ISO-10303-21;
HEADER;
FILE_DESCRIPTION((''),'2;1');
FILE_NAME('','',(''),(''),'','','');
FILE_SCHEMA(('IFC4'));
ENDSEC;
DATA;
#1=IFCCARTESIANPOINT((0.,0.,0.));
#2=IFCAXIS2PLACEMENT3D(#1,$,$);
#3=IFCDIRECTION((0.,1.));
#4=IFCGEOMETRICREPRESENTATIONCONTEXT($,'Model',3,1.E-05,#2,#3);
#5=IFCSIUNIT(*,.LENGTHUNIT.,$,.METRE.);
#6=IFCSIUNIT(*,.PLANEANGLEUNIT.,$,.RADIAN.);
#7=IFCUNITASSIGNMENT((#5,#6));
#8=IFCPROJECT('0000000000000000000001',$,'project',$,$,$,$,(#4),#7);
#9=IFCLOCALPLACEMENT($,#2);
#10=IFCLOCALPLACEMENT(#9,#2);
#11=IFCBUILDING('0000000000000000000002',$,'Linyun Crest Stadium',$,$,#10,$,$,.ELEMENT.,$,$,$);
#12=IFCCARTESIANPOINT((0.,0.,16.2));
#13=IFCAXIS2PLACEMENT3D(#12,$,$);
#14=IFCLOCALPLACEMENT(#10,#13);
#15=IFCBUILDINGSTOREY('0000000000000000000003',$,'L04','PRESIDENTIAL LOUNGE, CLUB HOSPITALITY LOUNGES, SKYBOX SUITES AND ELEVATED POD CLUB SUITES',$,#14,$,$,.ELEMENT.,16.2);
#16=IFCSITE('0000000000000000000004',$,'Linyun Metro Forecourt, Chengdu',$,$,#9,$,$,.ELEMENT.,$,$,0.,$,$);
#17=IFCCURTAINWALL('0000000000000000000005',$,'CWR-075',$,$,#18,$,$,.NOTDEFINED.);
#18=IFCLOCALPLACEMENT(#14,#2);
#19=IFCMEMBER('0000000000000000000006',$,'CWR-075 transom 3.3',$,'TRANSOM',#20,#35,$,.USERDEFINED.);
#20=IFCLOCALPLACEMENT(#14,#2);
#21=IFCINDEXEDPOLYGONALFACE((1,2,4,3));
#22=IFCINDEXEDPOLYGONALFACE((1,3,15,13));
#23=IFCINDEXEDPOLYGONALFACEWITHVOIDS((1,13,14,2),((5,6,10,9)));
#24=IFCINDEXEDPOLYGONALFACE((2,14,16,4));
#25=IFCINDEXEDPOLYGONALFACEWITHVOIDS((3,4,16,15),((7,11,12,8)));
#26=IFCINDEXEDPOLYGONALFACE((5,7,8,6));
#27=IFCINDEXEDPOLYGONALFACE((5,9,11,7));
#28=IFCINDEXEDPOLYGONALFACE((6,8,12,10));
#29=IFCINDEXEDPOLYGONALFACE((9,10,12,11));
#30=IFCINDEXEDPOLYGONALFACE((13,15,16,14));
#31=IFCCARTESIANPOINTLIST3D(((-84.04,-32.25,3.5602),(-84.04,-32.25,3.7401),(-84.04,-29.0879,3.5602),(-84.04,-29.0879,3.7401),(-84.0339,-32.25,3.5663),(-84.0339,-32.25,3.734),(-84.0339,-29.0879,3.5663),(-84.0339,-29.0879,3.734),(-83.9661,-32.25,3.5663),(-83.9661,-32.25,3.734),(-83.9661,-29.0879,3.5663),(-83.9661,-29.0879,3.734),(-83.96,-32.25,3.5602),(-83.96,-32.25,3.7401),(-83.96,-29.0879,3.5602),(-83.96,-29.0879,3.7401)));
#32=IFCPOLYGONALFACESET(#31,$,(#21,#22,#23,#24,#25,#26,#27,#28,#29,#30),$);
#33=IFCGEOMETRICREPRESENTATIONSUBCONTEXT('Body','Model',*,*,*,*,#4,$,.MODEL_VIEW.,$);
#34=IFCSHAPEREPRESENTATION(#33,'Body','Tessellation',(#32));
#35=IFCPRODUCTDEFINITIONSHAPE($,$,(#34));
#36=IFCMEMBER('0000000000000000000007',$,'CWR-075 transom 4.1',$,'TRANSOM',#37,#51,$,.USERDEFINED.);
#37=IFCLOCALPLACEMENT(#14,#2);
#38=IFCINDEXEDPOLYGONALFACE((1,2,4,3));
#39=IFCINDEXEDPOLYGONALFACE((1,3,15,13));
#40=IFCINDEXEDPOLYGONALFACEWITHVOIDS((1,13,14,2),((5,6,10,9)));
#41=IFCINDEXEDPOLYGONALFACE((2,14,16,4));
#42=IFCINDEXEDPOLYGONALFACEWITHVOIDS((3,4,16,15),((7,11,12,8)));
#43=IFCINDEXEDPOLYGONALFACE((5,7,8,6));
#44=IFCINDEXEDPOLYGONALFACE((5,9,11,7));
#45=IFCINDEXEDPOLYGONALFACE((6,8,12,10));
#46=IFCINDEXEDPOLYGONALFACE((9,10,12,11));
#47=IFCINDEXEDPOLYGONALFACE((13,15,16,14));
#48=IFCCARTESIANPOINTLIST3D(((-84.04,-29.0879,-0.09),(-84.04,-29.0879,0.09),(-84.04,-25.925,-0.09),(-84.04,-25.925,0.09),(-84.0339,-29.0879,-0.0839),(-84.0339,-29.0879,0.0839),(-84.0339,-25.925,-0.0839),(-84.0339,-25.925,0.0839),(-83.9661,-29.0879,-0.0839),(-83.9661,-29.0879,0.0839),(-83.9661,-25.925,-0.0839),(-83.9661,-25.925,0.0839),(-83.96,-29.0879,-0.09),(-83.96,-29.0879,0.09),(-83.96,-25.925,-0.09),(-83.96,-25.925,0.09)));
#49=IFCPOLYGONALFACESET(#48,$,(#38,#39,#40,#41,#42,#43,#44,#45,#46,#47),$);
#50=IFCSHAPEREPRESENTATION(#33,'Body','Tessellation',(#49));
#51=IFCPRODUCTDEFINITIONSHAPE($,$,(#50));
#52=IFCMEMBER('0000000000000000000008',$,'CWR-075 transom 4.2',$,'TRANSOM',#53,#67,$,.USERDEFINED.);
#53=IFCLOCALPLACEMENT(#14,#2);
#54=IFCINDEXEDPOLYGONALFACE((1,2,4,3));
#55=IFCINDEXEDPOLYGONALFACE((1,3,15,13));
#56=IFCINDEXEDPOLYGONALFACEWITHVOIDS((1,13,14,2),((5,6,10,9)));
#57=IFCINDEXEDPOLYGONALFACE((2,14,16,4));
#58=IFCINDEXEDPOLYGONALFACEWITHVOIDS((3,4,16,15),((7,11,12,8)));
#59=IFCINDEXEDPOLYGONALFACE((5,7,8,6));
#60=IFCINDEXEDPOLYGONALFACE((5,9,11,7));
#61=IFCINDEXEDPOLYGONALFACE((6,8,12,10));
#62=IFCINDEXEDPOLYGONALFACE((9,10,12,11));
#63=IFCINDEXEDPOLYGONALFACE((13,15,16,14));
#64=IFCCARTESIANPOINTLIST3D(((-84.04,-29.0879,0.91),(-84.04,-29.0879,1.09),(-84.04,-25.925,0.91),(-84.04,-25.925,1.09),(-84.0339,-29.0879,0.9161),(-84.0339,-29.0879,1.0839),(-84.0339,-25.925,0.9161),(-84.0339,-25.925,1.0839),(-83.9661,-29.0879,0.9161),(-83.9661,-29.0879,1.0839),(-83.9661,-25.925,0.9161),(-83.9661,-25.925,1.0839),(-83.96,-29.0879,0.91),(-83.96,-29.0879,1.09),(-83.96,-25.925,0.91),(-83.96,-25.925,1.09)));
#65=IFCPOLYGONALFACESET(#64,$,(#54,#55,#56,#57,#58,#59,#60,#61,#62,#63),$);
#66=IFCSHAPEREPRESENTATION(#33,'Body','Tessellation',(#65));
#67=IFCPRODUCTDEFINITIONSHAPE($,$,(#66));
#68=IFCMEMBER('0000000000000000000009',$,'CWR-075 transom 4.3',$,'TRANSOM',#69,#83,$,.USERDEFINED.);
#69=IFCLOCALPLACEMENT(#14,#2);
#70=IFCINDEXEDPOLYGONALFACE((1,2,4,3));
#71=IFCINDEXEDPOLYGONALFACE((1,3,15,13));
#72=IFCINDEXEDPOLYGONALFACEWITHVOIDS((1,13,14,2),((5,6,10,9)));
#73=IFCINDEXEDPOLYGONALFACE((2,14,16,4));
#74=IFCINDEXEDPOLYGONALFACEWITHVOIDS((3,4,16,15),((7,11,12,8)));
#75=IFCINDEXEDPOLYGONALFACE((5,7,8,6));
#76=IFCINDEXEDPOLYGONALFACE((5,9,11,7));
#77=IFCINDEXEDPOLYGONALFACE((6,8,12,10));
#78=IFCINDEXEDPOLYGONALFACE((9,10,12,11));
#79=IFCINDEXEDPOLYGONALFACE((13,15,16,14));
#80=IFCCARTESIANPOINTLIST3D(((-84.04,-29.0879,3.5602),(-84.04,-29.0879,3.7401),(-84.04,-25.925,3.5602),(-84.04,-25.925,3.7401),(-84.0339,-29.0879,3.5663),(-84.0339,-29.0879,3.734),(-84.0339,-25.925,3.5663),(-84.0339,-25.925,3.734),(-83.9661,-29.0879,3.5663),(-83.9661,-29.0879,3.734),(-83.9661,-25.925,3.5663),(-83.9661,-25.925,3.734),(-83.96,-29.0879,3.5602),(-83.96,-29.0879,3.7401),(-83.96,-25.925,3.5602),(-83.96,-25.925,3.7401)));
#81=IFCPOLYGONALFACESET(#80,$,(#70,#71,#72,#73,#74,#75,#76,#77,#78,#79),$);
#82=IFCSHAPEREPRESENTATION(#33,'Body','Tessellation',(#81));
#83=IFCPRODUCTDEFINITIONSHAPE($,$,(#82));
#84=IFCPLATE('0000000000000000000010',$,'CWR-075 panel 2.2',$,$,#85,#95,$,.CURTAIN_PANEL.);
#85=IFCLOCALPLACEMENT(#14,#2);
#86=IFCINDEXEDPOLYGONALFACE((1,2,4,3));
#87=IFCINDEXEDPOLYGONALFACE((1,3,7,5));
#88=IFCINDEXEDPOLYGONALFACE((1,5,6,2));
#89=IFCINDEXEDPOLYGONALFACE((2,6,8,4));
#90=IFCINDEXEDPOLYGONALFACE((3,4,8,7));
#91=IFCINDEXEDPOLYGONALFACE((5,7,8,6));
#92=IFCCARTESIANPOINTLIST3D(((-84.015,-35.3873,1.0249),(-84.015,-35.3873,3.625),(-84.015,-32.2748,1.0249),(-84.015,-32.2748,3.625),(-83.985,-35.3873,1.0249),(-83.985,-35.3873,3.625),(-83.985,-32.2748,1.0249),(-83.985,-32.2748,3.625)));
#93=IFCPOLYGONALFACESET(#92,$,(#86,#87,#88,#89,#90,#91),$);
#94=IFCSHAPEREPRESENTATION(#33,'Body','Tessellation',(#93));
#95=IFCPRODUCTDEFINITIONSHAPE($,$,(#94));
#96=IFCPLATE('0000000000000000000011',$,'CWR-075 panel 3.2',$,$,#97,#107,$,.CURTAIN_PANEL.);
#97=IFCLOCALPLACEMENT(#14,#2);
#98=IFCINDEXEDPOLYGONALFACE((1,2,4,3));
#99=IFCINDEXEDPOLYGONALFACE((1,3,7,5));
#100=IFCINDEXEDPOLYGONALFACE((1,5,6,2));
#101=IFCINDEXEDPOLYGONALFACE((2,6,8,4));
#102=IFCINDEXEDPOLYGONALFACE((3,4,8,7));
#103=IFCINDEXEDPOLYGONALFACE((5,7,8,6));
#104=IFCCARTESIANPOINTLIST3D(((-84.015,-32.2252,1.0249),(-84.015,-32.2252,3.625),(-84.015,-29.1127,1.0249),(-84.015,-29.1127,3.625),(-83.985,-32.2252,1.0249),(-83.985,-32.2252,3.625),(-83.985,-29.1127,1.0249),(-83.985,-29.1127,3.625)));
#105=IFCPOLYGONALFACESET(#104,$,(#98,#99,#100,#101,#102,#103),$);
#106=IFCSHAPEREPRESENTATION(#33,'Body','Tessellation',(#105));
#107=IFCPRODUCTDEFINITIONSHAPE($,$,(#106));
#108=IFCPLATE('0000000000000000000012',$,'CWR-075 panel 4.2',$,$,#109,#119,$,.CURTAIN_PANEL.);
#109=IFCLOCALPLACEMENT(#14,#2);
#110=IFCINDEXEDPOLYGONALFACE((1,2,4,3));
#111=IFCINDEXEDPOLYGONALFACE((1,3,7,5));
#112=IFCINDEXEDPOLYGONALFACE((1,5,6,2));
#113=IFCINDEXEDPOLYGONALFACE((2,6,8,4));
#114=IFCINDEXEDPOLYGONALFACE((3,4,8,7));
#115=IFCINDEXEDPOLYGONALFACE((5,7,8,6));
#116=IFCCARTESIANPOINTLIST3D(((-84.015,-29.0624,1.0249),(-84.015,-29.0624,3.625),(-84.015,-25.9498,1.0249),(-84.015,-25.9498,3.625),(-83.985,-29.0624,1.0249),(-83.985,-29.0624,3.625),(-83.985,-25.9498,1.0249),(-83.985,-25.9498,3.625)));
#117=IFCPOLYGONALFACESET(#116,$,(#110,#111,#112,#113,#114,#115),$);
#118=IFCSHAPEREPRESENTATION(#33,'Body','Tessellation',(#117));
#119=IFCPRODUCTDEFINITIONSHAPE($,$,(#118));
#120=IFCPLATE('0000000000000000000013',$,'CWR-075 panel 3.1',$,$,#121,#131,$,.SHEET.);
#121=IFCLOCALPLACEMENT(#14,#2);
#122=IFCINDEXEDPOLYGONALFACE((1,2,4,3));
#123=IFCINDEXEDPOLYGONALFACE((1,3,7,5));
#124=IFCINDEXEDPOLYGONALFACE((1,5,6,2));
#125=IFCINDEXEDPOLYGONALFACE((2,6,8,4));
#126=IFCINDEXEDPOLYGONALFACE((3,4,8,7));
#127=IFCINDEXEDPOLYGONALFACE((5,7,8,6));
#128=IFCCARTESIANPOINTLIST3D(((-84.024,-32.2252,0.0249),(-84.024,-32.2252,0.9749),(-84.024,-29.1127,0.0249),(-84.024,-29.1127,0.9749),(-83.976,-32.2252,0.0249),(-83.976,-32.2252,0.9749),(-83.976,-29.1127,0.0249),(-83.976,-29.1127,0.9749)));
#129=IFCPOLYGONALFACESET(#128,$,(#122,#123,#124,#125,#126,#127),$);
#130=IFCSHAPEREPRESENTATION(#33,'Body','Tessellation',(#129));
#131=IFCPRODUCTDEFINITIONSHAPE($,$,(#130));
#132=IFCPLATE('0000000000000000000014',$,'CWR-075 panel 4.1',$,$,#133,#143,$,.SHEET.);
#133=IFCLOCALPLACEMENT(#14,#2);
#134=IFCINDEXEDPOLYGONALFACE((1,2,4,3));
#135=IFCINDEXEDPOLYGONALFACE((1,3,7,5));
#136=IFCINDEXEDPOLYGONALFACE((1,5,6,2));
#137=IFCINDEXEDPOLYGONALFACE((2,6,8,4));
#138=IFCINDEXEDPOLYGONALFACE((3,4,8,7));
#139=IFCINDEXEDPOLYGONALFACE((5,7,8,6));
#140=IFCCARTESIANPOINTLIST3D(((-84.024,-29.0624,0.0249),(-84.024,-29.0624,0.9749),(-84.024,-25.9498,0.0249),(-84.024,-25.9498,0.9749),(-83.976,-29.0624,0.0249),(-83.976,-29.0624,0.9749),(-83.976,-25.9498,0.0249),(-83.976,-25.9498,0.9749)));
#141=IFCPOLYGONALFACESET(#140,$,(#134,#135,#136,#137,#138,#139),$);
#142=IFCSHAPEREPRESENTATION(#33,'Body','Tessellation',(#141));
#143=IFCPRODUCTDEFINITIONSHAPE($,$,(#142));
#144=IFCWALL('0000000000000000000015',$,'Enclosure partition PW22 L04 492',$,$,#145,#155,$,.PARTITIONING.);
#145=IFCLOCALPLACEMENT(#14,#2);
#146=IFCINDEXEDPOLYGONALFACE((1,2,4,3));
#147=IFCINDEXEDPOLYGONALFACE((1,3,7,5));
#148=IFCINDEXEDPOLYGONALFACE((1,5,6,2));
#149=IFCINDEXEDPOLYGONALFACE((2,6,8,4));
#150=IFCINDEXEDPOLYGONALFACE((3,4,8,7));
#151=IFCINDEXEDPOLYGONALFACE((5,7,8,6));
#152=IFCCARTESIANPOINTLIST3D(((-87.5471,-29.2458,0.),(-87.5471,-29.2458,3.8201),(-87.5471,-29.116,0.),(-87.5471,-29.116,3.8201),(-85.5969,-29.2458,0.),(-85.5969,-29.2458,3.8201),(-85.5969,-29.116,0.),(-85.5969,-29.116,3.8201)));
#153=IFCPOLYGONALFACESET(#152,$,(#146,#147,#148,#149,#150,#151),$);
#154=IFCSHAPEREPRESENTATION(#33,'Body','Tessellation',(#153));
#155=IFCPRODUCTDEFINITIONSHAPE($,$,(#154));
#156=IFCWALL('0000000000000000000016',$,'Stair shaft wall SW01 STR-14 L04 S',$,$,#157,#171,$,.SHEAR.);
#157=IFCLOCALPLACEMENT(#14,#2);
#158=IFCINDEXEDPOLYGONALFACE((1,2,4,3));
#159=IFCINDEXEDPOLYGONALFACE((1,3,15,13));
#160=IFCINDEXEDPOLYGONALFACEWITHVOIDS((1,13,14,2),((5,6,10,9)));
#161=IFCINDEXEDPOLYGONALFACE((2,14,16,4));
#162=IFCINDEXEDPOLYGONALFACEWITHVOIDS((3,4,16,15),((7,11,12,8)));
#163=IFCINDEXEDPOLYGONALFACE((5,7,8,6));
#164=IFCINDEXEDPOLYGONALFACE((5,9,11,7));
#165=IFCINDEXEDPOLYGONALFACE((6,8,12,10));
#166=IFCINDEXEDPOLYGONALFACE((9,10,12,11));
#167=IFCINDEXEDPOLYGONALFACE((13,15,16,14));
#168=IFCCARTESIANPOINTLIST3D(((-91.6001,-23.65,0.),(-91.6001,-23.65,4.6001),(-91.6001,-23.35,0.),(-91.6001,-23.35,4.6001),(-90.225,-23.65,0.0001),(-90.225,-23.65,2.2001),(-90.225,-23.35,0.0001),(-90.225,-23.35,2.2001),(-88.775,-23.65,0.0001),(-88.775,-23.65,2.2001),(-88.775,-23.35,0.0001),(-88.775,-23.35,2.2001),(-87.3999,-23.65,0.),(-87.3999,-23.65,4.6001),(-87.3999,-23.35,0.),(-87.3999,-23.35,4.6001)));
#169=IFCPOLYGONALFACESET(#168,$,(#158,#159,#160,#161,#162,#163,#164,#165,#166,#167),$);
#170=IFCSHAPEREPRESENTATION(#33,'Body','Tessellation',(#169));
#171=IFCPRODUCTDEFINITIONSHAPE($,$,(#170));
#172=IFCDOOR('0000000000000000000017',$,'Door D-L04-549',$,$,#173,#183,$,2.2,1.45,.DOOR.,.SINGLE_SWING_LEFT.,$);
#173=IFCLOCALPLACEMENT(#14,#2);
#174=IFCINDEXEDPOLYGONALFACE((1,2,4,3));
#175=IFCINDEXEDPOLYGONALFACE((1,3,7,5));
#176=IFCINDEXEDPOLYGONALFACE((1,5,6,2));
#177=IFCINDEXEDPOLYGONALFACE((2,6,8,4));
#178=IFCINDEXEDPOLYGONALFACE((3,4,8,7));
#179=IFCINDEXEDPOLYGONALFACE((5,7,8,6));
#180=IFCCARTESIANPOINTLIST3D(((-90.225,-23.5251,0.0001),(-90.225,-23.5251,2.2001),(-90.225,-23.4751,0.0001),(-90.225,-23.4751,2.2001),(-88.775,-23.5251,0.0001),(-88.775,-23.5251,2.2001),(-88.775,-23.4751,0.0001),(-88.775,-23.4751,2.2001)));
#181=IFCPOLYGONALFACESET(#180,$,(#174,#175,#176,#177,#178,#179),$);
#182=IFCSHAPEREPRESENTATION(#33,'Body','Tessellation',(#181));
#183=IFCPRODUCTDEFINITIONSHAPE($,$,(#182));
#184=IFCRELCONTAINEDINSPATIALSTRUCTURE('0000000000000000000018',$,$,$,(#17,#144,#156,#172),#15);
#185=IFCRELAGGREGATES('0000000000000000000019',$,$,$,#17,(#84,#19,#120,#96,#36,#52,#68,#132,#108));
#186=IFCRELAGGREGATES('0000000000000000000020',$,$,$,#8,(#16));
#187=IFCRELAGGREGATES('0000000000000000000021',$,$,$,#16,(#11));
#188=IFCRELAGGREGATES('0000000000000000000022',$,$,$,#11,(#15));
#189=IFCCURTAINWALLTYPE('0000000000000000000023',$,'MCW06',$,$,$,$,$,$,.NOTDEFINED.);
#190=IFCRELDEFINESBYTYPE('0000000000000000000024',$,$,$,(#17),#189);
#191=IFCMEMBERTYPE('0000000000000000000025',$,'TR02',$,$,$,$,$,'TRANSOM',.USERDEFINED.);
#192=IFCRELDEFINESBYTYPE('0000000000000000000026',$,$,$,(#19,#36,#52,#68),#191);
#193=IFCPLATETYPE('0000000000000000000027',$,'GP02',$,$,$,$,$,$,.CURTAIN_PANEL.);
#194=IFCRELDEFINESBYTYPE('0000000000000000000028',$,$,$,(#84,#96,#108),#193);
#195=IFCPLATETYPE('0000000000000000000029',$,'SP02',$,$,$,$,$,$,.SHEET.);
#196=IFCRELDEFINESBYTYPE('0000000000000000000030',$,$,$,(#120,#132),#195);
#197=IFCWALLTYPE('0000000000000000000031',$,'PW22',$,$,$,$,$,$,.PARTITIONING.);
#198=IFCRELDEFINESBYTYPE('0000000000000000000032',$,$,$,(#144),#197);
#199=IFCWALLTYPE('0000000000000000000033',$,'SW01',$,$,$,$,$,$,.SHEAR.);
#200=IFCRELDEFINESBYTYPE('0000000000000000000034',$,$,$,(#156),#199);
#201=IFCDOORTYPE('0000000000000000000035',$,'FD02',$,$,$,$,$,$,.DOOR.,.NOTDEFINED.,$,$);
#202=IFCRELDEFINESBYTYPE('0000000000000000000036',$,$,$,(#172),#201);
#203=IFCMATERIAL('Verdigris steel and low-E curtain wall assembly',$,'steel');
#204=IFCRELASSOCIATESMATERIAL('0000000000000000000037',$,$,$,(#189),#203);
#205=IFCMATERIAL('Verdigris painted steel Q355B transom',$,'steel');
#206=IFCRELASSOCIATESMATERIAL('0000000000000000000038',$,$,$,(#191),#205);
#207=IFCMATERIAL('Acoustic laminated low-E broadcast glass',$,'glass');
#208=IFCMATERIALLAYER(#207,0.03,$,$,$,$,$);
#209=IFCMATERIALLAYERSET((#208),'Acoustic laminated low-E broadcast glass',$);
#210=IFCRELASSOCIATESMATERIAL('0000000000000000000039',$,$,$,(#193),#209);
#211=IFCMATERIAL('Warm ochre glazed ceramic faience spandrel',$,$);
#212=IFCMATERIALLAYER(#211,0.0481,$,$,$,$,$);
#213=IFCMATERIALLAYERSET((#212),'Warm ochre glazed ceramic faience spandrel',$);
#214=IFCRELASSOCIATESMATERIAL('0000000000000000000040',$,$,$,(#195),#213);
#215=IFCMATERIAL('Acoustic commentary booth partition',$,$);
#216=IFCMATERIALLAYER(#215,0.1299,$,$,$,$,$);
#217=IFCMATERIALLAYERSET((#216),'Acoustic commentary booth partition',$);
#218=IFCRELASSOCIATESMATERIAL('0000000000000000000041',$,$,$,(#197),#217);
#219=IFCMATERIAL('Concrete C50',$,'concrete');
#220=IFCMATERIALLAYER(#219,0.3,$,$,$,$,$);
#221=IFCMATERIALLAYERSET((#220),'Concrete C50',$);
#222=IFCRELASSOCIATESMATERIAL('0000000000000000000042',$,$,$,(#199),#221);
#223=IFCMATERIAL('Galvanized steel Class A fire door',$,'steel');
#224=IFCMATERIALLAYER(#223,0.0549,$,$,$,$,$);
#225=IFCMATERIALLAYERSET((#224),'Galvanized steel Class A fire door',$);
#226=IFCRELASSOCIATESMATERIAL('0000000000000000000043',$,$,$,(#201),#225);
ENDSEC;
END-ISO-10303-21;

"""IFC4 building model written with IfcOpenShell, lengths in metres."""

from ifc_helpers import new_model, si_unit, direction, frame, frame_2d, origin, origin_2d, place, context, subcontext, project, spatial, rectangle, hollow_rectangle, extrude, material, layer, layer_set, material_profile, profile_set, type_object, element, fill, aggregate, save


model = new_model("IFC4")

# Units and contexts
model_context = context("Model", 3, precision=1e-05, world=origin(), true_north=direction((0.0, 1.0)))
body_context = subcontext(model_context, "Body", "Model", "MODEL_VIEW")
ifc_project = project(units=[si_unit("LENGTHUNIT", "METRE"), si_unit("PLANEANGLEUNIT", "RADIAN")], contexts=[model_context])

# Site, building, storey
site_placement = place(None, origin())
site = spatial("IfcSite", under=ifc_project, at=site_placement, Name="Linyun Metro Forecourt, Chengdu", CompositionType="ELEMENT", RefElevation=0.0)
building_placement = place(site_placement, origin())
building = spatial("IfcBuilding", under=site, at=building_placement, Name="Linyun Crest Stadium", CompositionType="ELEMENT")
storey_placement = place(building_placement, frame((0.0, 0.0, 16.2)))
storey = spatial("IfcBuildingStorey", under=building, at=storey_placement, Name="L04", Description="PRESIDENTIAL LOUNGE, CLUB HOSPITALITY LOUNGES, SKYBOX SUITES AND ELEVATED POD CLUB SUITES", CompositionType="ELEMENT", Elevation=16.2)

# Curtain wall
ifc_material_1 = material(Name="Verdigris steel and low-E curtain wall assembly", Category="steel")
curtain_wall_type = type_object("IfcCurtainWallType", Name="MCW06", PredefinedType="NOTDEFINED", material=ifc_material_1)
curtain_wall_placement = place(storey_placement, origin())
curtain_wall = element("IfcCurtainWall", 1, at=curtain_wall_placement, inside=storey, type_object=curtain_wall_type, Name="CWR-075", PredefinedType="NOTDEFINED")

# Members
ifc_material_2 = material(Name="Verdigris painted steel Q355B transom", Category="steel")
ifc_material_profile_1 = material_profile(ifc_material_2, hollow_rectangle(XDim=0.0801, YDim=0.1799, WallThickness=0.0061, at=origin_2d()), Name="RHS 180x80x6")
ifc_profile_set_1 = profile_set([ifc_material_profile_1], Name="Verdigris painted steel Q355B transom")
member_type_1 = type_object("IfcMemberType", Name="TR02", ElementType="TRANSOM", PredefinedType="USERDEFINED", material=ifc_profile_set_1)
member_1_placement = place(storey_placement, frame((-84.0, -32.25, 3.6501), z_axis=(0.0, 1.0, 0.0), x_axis=(-1.0, 0.0, 0.0)))
member_1 = element("IfcMember", 2, at=member_1_placement, type_object=member_type_1, Name="CWR-075 transom 3.3", ObjectType="TRANSOM", PredefinedType="USERDEFINED", context=body_context, shape_type="SweptSolid", body=[
    extrude(hollow_rectangle(XDim=0.0801, YDim=0.1799, WallThickness=0.0061, at=origin_2d()), origin(), (0.0, 0.0, 1.0), 3.1621),
])
member_2_placement = place(storey_placement, frame((-84.0, -29.0879, 0.0), z_axis=(0.0, 1.0, 0.0), x_axis=(-1.0, 0.0, 0.0)))
member_2 = element("IfcMember", 3, at=member_2_placement, type_object=member_type_1, Name="CWR-075 transom 4.1", ObjectType="TRANSOM", PredefinedType="USERDEFINED", context=body_context, shape_type="SweptSolid", body=[
    extrude(hollow_rectangle(XDim=0.0801, YDim=0.1799, WallThickness=0.0061, at=origin_2d()), origin(), (0.0, 0.0, 1.0), 3.1628),
])
member_3_placement = place(storey_placement, frame((-84.0, -29.0879, 1.0), z_axis=(0.0, 1.0, 0.0), x_axis=(-1.0, 0.0, 0.0)))
member_3 = element("IfcMember", 4, at=member_3_placement, type_object=member_type_1, Name="CWR-075 transom 4.2", ObjectType="TRANSOM", PredefinedType="USERDEFINED", context=body_context, shape_type="SweptSolid", body=[
    extrude(hollow_rectangle(XDim=0.0801, YDim=0.1799, WallThickness=0.0061, at=origin_2d()), origin(), (0.0, 0.0, 1.0), 3.1628),
])
member_4_placement = place(storey_placement, frame((-84.0, -29.0879, 3.6501), z_axis=(0.0, 1.0, 0.0), x_axis=(-1.0, 0.0, 0.0)))
member_4 = element("IfcMember", 5, at=member_4_placement, type_object=member_type_1, Name="CWR-075 transom 4.3", ObjectType="TRANSOM", PredefinedType="USERDEFINED", context=body_context, shape_type="SweptSolid", body=[
    extrude(hollow_rectangle(XDim=0.0801, YDim=0.1799, WallThickness=0.0061, at=origin_2d()), origin(), (0.0, 0.0, 1.0), 3.1628),
])

# Plates
ifc_material_3 = material(Name="Acoustic laminated low-E broadcast glass", Category="glass")
ifc_layer_1 = layer(ifc_material_3, 0.03)
ifc_layer_set_1 = layer_set([ifc_layer_1], Name="Acoustic laminated low-E broadcast glass")
plate_type_1 = type_object("IfcPlateType", Name="GP02", PredefinedType="CURTAIN_PANEL", material=ifc_layer_set_1)
plate_1_placement = place(storey_placement, frame((-84.0, -33.8311, 1.0249), z_axis=(0.0, 0.0, 1.0), x_axis=(0.0, 1.0, 0.0)))
plate_1 = element("IfcPlate", 6, at=plate_1_placement, type_object=plate_type_1, Name="CWR-075 panel 2.2", PredefinedType="CURTAIN_PANEL", context=body_context, shape_type="SweptSolid", body=[
    extrude(rectangle(XDim=3.1125, YDim=0.03, at=origin_2d()), origin(), (0.0, 0.0, 1.0), 2.6001),
])
plate_2_placement = place(storey_placement, frame((-84.0, -30.6689, 1.0249), z_axis=(0.0, 0.0, 1.0), x_axis=(0.0, 1.0, 0.0)))
plate_2 = element("IfcPlate", 7, at=plate_2_placement, type_object=plate_type_1, Name="CWR-075 panel 3.2", PredefinedType="CURTAIN_PANEL", context=body_context, shape_type="SweptSolid", body=[
    extrude(rectangle(XDim=3.1125, YDim=0.03, at=origin_2d()), origin(), (0.0, 0.0, 1.0), 2.6001),
])
plate_3_placement = place(storey_placement, frame((-84.0, -27.5061, 1.0249), z_axis=(0.0, 0.0, 1.0), x_axis=(0.0, 1.0, 0.0)))
plate_3 = element("IfcPlate", 8, at=plate_3_placement, type_object=plate_type_1, Name="CWR-075 panel 4.2", PredefinedType="CURTAIN_PANEL", context=body_context, shape_type="SweptSolid", body=[
    extrude(rectangle(XDim=3.1125, YDim=0.03, at=origin_2d()), origin(), (0.0, 0.0, 1.0), 2.6001),
])
ifc_material_4 = material(Name="Warm ochre glazed ceramic faience spandrel")
ifc_layer_2 = layer(ifc_material_4, 0.0481)
ifc_layer_set_2 = layer_set([ifc_layer_2], Name="Warm ochre glazed ceramic faience spandrel")
plate_type_2 = type_object("IfcPlateType", Name="SP02", PredefinedType="SHEET", material=ifc_layer_set_2)
plate_4_placement = place(storey_placement, frame((-84.0, -30.6689, 0.0249), z_axis=(0.0, 0.0, 1.0), x_axis=(0.0, 1.0, 0.0)))
plate_4 = element("IfcPlate", 9, at=plate_4_placement, type_object=plate_type_2, Name="CWR-075 panel 3.1", PredefinedType="SHEET", context=body_context, shape_type="SweptSolid", body=[
    extrude(rectangle(XDim=3.1125, YDim=0.0481, at=origin_2d()), origin(), (0.0, 0.0, 1.0), 0.95),
])
plate_5_placement = place(storey_placement, frame((-84.0, -27.5061, 0.0249), z_axis=(0.0, 0.0, 1.0), x_axis=(0.0, 1.0, 0.0)))
plate_5 = element("IfcPlate", 10, at=plate_5_placement, type_object=plate_type_2, Name="CWR-075 panel 4.1", PredefinedType="SHEET", context=body_context, shape_type="SweptSolid", body=[
    extrude(rectangle(XDim=3.1125, YDim=0.0481, at=origin_2d()), origin(), (0.0, 0.0, 1.0), 0.95),
])
aggregate(curtain_wall, [plate_1, member_1, plate_4, plate_2, member_2, member_3, member_4, plate_5, plate_3])

# Wall
ifc_material_5 = material(Name="Acoustic commentary booth partition")
ifc_layer_3 = layer(ifc_material_5, 0.1299)
ifc_layer_set_3 = layer_set([ifc_layer_3], Name="Acoustic commentary booth partition")
wall_type_1 = type_object("IfcWallType", Name="PW22", PredefinedType="PARTITIONING", material=ifc_layer_set_3)
wall_1_placement = place(storey_placement, frame((-87.5471, -29.1809, 0.0), z_axis=(0.0, 0.0, 1.0), x_axis=(1.0, 0.0, 0.0)))
element("IfcWall", 11, at=wall_1_placement, inside=storey, type_object=wall_type_1, Name="Enclosure partition PW22 L04 492", PredefinedType="PARTITIONING", context=body_context, shape_type="SweptSolid", body=[
    extrude(rectangle(XDim=1.9502, YDim=0.1299, at=frame_2d((0.9751, 0.0))), origin(), (0.0, 0.0, 1.0), 3.8201),
])

# Wall, opening, door
ifc_material_6 = material(Name="Concrete C50", Category="concrete")
ifc_layer_4 = layer(ifc_material_6, 0.3)
ifc_layer_set_4 = layer_set([ifc_layer_4], Name="Concrete C50")
wall_type_2 = type_object("IfcWallType", Name="SW01", PredefinedType="SHEAR", material=ifc_layer_set_4)
wall_2_placement = place(storey_placement, frame((-91.6001, -23.5, 0.0), z_axis=(0.0, 0.0, 1.0), x_axis=(1.0, 0.0, 0.0)))
wall_2 = element("IfcWall", 12, at=wall_2_placement, inside=storey, type_object=wall_type_2, Name="Stair shaft wall SW01 STR-14 L04 S", PredefinedType="SHEAR", context=body_context, shape_type="SweptSolid", body=[
    extrude(rectangle(XDim=4.2002, YDim=0.3, at=frame_2d((2.1001, 0.0))), origin(), (0.0, 0.0, 1.0), 4.6001),
])
opening_placement = place(wall_2_placement, frame((1.375, 0.0, 0.0)))
opening = element("IfcOpeningElement", 13, at=opening_placement, cuts=wall_2, PredefinedType="OPENING", context=body_context, shape_type="SweptSolid", body=[
    extrude(rectangle(XDim=1.45, YDim=2.2, at=frame_2d((0.7251, 1.1001))), frame((0.0, 0.1599, 0.0), z_axis=(0.0, -1.0, 0.0), x_axis=(1.0, 0.0, 0.0)), (0.0, 0.0, 1.0), 0.3201),
])
ifc_material_7 = material(Name="Galvanized steel Class A fire door", Category="steel")
ifc_layer_5 = layer(ifc_material_7, 0.0549)
ifc_layer_set_5 = layer_set([ifc_layer_5], Name="Galvanized steel Class A fire door")
door_type = type_object("IfcDoorType", Name="FD02", OperationType="NOTDEFINED", PredefinedType="DOOR", material=ifc_layer_set_5)
door_placement = place(opening_placement, origin())
door = element("IfcDoor", 14, at=door_placement, inside=storey, type_object=door_type, Name="Door D-L04-549", OperationType="SINGLE_SWING_LEFT", OverallHeight=2.2, OverallWidth=1.45, PredefinedType="DOOR", context=body_context, shape_type="SweptSolid", body=[
    extrude(rectangle(XDim=1.45, YDim=2.2, at=frame_2d((0.7251, 1.1001))), frame((0.0, 0.0249, 0.0), z_axis=(0.0, -1.0, 0.0), x_axis=(1.0, 0.0, 0.0)), (0.0, 0.0, 1.0), 0.05),
])
fill(opening, door)

save(model, "model.ifc")
